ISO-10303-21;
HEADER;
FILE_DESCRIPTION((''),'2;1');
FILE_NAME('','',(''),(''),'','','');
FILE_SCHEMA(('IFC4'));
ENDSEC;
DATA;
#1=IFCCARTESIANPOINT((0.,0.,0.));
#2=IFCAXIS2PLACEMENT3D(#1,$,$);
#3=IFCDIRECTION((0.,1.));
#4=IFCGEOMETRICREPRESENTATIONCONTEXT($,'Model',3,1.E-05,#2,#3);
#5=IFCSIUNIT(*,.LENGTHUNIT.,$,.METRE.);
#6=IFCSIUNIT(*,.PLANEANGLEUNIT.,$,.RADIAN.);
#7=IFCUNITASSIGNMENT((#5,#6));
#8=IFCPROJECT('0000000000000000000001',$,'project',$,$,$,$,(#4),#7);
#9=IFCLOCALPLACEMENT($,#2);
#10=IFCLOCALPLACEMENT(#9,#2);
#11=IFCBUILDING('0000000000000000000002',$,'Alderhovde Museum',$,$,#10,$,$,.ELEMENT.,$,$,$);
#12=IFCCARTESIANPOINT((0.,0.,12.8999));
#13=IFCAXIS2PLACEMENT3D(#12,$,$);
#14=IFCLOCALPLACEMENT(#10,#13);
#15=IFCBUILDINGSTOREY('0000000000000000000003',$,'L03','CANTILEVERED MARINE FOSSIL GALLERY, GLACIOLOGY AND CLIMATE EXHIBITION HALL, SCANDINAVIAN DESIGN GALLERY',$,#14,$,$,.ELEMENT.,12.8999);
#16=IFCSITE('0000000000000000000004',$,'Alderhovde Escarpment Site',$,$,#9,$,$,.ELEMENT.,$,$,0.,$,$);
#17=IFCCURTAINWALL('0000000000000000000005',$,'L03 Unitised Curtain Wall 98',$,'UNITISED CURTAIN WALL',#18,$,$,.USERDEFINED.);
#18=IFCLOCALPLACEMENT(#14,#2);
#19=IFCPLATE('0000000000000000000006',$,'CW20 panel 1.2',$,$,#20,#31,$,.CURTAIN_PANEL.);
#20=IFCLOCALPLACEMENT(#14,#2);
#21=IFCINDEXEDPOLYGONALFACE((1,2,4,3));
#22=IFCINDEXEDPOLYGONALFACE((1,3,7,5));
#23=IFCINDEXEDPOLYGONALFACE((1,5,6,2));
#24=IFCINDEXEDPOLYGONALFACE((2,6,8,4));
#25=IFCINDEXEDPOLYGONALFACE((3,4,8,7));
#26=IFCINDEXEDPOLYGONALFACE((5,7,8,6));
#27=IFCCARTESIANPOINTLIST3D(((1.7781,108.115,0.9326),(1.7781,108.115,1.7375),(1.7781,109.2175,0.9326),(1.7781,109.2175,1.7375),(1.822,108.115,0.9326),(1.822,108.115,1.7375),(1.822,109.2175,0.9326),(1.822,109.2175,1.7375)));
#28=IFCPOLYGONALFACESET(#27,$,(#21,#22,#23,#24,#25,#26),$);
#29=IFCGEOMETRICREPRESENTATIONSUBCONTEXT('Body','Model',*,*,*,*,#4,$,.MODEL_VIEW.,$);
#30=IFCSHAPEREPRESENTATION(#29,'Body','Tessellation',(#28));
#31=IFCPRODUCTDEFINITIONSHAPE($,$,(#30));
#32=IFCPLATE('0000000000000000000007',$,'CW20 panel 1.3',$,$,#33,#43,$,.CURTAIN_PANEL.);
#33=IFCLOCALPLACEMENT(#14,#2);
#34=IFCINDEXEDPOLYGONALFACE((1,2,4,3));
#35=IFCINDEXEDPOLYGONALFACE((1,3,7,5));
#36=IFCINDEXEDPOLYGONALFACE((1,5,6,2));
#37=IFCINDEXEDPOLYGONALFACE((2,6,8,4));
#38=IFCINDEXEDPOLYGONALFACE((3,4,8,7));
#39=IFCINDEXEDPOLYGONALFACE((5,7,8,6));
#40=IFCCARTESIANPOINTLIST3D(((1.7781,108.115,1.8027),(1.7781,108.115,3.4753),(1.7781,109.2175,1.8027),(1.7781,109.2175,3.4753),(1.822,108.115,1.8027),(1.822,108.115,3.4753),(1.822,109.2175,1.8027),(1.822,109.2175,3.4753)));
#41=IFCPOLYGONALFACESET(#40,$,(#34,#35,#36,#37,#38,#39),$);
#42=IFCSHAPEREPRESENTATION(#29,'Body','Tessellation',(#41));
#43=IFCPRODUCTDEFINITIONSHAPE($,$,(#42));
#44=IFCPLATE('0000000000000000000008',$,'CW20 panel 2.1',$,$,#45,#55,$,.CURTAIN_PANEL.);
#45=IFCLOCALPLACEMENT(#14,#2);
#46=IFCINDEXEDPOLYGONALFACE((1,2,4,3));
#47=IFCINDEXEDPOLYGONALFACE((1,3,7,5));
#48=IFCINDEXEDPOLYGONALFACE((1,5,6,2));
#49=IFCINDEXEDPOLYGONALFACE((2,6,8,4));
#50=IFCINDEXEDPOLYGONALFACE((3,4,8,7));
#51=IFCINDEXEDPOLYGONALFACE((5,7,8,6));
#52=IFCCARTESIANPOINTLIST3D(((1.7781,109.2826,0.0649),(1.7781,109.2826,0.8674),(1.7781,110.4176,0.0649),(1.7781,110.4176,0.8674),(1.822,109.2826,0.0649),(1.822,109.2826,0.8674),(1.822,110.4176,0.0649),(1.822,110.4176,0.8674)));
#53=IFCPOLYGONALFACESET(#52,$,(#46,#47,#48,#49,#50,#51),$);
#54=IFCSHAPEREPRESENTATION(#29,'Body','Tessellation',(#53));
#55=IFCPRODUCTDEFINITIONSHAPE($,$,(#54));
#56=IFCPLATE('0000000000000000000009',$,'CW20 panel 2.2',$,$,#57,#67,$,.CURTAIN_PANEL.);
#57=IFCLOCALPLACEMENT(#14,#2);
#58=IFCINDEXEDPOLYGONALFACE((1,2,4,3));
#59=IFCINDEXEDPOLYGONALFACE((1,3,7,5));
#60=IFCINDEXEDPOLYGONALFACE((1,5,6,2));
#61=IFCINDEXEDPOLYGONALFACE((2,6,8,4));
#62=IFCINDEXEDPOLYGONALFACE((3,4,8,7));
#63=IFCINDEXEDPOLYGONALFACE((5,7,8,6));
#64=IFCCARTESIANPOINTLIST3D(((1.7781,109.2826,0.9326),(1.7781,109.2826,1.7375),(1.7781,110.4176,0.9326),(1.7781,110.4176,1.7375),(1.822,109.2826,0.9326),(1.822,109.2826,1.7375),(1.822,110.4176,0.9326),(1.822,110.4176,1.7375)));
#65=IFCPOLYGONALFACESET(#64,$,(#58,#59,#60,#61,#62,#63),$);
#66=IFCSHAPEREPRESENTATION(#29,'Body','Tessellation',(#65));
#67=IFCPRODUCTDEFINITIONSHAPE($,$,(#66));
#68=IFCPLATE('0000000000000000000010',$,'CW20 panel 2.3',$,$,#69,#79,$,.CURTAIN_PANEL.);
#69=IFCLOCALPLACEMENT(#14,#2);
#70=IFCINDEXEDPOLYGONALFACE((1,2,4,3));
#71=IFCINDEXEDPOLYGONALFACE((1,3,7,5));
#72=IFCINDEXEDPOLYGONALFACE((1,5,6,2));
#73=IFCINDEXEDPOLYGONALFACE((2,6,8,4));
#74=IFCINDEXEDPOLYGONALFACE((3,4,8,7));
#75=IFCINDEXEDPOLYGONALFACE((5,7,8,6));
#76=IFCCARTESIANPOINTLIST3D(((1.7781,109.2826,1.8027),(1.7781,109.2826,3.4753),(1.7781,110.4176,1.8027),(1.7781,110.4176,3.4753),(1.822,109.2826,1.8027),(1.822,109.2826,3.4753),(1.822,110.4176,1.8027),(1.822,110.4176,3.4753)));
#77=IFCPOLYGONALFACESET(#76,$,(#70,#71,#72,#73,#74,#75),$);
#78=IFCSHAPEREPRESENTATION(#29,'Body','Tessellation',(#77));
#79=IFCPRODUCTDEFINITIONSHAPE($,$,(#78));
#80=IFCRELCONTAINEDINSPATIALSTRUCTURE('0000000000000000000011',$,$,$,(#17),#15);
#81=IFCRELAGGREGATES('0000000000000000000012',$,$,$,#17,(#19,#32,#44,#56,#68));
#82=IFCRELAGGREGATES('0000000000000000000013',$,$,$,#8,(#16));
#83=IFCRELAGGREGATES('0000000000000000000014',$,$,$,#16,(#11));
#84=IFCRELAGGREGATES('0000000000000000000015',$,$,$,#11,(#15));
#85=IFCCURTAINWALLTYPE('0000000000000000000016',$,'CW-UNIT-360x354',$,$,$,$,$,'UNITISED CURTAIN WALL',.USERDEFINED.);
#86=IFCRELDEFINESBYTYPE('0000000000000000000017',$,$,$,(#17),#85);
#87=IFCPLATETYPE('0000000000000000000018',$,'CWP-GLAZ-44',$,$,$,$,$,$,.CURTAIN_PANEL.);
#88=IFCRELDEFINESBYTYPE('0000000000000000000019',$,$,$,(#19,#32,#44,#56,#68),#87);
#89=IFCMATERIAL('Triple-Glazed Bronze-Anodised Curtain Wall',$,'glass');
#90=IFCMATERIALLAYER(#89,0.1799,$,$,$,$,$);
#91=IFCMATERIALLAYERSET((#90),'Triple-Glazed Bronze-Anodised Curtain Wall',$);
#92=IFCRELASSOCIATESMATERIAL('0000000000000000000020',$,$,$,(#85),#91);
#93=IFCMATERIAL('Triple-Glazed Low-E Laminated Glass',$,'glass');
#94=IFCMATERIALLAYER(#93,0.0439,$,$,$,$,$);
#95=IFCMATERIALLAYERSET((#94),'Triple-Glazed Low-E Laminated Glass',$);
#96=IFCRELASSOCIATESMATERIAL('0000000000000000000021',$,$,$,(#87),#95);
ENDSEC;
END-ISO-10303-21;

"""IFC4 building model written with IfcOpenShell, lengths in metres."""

from ifc_helpers import new_model, si_unit, direction, frame, origin, origin_2d, place, context, subcontext, project, spatial, rectangle, extrude, material, layer, layer_set, type_object, element, aggregate, save


model = new_model("IFC4")

# Units and contexts
model_context = context("Model", 3, precision=1e-05, world=origin(), true_north=direction((0.0, 1.0)))
body_context = subcontext(model_context, "Body", "Model", "MODEL_VIEW")
ifc_project = project(units=[si_unit("LENGTHUNIT", "METRE"), si_unit("PLANEANGLEUNIT", "RADIAN")], contexts=[model_context])

# Site, building, storey
site_placement = place(None, origin())
site = spatial("IfcSite", under=ifc_project, at=site_placement, Name="Alderhovde Escarpment Site", CompositionType="ELEMENT", RefElevation=0.0)
building_placement = place(site_placement, origin())
building = spatial("IfcBuilding", under=site, at=building_placement, Name="Alderhovde Museum", CompositionType="ELEMENT")
storey_placement = place(building_placement, frame((0.0, 0.0, 12.8999)))
storey = spatial("IfcBuildingStorey", under=building, at=storey_placement, Name="L03", Description="CANTILEVERED MARINE FOSSIL GALLERY, GLACIOLOGY AND CLIMATE EXHIBITION HALL, SCANDINAVIAN DESIGN GALLERY", CompositionType="ELEMENT", Elevation=12.8999)

# Curtain wall
ifc_material_1 = material(Name="Triple-Glazed Bronze-Anodised Curtain Wall", Category="glass")
ifc_layer_1 = layer(ifc_material_1, 0.1799)
ifc_layer_set_1 = layer_set([ifc_layer_1], Name="Triple-Glazed Bronze-Anodised Curtain Wall")
curtain_wall_type_1 = type_object("IfcCurtainWallType", Name="CW-UNIT-360x354", ElementType="UNITISED CURTAIN WALL", PredefinedType="USERDEFINED", material=ifc_layer_set_1)
curtain_wall_1_placement = place(storey_placement, origin())
curtain_wall_1 = element("IfcCurtainWall", 1, at=curtain_wall_1_placement, inside=storey, type_object=curtain_wall_type_1, Name="L03 Unitised Curtain Wall 98", ObjectType="UNITISED CURTAIN WALL", PredefinedType="USERDEFINED")

# Plates
ifc_material_2 = material(Name="Triple-Glazed Low-E Laminated Glass", Category="glass")
ifc_layer_2 = layer(ifc_material_2, 0.0439)
ifc_layer_set_2 = layer_set([ifc_layer_2], Name="Triple-Glazed Low-E Laminated Glass")
plate_type_1 = type_object("IfcPlateType", Name="CWP-GLAZ-44", PredefinedType="CURTAIN_PANEL", material=ifc_layer_set_2)
plate_1_placement = place(storey_placement, frame((1.8, 108.6663, 0.9326), z_axis=(0.0, 0.0, 1.0), x_axis=(0.0, 1.0, 0.0)))
plate_1 = element("IfcPlate", 2, at=plate_1_placement, type_object=plate_type_1, Name="CW20 panel 1.2", PredefinedType="CURTAIN_PANEL", context=body_context, shape_type="SweptSolid", body=[
    extrude(rectangle(XDim=1.1025, YDim=0.0439, at=origin_2d()), origin(), (0.0, 0.0, 1.0), 0.8049),
])
plate_2_placement = place(storey_placement, frame((1.8, 108.6663, 1.8027), z_axis=(0.0, 0.0, 1.0), x_axis=(0.0, 1.0, 0.0)))
plate_2 = element("IfcPlate", 3, at=plate_2_placement, type_object=plate_type_1, Name="CW20 panel 1.3", PredefinedType="CURTAIN_PANEL", context=body_context, shape_type="SweptSolid", body=[
    extrude(rectangle(XDim=1.1025, YDim=0.0439, at=origin_2d()), origin(), (0.0, 0.0, 1.0), 1.6726),
])
plate_3_placement = place(storey_placement, frame((1.8, 109.8501, 0.0649), z_axis=(0.0, 0.0, 1.0), x_axis=(0.0, 1.0, 0.0)))
plate_3 = element("IfcPlate", 4, at=plate_3_placement, type_object=plate_type_1, Name="CW20 panel 2.1", PredefinedType="CURTAIN_PANEL", context=body_context, shape_type="SweptSolid", body=[
    extrude(rectangle(XDim=1.135, YDim=0.0439, at=origin_2d()), origin(), (0.0, 0.0, 1.0), 0.8025),
])
plate_4_placement = place(storey_placement, frame((1.8, 109.8501, 0.9326), z_axis=(0.0, 0.0, 1.0), x_axis=(0.0, 1.0, 0.0)))
plate_4 = element("IfcPlate", 5, at=plate_4_placement, type_object=plate_type_1, Name="CW20 panel 2.2", PredefinedType="CURTAIN_PANEL", context=body_context, shape_type="SweptSolid", body=[
    extrude(rectangle(XDim=1.135, YDim=0.0439, at=origin_2d()), origin(), (0.0, 0.0, 1.0), 0.8049),
])
plate_5_placement = place(storey_placement, frame((1.8, 109.8501, 1.8027), z_axis=(0.0, 0.0, 1.0), x_axis=(0.0, 1.0, 0.0)))
plate_5 = element("IfcPlate", 6, at=plate_5_placement, type_object=plate_type_1, Name="CW20 panel 2.3", PredefinedType="CURTAIN_PANEL", context=body_context, shape_type="SweptSolid", body=[
    extrude(rectangle(XDim=1.135, YDim=0.0439, at=origin_2d()), origin(), (0.0, 0.0, 1.0), 1.6726),
])
aggregate(curtain_wall_1, [plate_1, plate_2, plate_3, plate_4, plate_5])

save(model, "model.ifc")
